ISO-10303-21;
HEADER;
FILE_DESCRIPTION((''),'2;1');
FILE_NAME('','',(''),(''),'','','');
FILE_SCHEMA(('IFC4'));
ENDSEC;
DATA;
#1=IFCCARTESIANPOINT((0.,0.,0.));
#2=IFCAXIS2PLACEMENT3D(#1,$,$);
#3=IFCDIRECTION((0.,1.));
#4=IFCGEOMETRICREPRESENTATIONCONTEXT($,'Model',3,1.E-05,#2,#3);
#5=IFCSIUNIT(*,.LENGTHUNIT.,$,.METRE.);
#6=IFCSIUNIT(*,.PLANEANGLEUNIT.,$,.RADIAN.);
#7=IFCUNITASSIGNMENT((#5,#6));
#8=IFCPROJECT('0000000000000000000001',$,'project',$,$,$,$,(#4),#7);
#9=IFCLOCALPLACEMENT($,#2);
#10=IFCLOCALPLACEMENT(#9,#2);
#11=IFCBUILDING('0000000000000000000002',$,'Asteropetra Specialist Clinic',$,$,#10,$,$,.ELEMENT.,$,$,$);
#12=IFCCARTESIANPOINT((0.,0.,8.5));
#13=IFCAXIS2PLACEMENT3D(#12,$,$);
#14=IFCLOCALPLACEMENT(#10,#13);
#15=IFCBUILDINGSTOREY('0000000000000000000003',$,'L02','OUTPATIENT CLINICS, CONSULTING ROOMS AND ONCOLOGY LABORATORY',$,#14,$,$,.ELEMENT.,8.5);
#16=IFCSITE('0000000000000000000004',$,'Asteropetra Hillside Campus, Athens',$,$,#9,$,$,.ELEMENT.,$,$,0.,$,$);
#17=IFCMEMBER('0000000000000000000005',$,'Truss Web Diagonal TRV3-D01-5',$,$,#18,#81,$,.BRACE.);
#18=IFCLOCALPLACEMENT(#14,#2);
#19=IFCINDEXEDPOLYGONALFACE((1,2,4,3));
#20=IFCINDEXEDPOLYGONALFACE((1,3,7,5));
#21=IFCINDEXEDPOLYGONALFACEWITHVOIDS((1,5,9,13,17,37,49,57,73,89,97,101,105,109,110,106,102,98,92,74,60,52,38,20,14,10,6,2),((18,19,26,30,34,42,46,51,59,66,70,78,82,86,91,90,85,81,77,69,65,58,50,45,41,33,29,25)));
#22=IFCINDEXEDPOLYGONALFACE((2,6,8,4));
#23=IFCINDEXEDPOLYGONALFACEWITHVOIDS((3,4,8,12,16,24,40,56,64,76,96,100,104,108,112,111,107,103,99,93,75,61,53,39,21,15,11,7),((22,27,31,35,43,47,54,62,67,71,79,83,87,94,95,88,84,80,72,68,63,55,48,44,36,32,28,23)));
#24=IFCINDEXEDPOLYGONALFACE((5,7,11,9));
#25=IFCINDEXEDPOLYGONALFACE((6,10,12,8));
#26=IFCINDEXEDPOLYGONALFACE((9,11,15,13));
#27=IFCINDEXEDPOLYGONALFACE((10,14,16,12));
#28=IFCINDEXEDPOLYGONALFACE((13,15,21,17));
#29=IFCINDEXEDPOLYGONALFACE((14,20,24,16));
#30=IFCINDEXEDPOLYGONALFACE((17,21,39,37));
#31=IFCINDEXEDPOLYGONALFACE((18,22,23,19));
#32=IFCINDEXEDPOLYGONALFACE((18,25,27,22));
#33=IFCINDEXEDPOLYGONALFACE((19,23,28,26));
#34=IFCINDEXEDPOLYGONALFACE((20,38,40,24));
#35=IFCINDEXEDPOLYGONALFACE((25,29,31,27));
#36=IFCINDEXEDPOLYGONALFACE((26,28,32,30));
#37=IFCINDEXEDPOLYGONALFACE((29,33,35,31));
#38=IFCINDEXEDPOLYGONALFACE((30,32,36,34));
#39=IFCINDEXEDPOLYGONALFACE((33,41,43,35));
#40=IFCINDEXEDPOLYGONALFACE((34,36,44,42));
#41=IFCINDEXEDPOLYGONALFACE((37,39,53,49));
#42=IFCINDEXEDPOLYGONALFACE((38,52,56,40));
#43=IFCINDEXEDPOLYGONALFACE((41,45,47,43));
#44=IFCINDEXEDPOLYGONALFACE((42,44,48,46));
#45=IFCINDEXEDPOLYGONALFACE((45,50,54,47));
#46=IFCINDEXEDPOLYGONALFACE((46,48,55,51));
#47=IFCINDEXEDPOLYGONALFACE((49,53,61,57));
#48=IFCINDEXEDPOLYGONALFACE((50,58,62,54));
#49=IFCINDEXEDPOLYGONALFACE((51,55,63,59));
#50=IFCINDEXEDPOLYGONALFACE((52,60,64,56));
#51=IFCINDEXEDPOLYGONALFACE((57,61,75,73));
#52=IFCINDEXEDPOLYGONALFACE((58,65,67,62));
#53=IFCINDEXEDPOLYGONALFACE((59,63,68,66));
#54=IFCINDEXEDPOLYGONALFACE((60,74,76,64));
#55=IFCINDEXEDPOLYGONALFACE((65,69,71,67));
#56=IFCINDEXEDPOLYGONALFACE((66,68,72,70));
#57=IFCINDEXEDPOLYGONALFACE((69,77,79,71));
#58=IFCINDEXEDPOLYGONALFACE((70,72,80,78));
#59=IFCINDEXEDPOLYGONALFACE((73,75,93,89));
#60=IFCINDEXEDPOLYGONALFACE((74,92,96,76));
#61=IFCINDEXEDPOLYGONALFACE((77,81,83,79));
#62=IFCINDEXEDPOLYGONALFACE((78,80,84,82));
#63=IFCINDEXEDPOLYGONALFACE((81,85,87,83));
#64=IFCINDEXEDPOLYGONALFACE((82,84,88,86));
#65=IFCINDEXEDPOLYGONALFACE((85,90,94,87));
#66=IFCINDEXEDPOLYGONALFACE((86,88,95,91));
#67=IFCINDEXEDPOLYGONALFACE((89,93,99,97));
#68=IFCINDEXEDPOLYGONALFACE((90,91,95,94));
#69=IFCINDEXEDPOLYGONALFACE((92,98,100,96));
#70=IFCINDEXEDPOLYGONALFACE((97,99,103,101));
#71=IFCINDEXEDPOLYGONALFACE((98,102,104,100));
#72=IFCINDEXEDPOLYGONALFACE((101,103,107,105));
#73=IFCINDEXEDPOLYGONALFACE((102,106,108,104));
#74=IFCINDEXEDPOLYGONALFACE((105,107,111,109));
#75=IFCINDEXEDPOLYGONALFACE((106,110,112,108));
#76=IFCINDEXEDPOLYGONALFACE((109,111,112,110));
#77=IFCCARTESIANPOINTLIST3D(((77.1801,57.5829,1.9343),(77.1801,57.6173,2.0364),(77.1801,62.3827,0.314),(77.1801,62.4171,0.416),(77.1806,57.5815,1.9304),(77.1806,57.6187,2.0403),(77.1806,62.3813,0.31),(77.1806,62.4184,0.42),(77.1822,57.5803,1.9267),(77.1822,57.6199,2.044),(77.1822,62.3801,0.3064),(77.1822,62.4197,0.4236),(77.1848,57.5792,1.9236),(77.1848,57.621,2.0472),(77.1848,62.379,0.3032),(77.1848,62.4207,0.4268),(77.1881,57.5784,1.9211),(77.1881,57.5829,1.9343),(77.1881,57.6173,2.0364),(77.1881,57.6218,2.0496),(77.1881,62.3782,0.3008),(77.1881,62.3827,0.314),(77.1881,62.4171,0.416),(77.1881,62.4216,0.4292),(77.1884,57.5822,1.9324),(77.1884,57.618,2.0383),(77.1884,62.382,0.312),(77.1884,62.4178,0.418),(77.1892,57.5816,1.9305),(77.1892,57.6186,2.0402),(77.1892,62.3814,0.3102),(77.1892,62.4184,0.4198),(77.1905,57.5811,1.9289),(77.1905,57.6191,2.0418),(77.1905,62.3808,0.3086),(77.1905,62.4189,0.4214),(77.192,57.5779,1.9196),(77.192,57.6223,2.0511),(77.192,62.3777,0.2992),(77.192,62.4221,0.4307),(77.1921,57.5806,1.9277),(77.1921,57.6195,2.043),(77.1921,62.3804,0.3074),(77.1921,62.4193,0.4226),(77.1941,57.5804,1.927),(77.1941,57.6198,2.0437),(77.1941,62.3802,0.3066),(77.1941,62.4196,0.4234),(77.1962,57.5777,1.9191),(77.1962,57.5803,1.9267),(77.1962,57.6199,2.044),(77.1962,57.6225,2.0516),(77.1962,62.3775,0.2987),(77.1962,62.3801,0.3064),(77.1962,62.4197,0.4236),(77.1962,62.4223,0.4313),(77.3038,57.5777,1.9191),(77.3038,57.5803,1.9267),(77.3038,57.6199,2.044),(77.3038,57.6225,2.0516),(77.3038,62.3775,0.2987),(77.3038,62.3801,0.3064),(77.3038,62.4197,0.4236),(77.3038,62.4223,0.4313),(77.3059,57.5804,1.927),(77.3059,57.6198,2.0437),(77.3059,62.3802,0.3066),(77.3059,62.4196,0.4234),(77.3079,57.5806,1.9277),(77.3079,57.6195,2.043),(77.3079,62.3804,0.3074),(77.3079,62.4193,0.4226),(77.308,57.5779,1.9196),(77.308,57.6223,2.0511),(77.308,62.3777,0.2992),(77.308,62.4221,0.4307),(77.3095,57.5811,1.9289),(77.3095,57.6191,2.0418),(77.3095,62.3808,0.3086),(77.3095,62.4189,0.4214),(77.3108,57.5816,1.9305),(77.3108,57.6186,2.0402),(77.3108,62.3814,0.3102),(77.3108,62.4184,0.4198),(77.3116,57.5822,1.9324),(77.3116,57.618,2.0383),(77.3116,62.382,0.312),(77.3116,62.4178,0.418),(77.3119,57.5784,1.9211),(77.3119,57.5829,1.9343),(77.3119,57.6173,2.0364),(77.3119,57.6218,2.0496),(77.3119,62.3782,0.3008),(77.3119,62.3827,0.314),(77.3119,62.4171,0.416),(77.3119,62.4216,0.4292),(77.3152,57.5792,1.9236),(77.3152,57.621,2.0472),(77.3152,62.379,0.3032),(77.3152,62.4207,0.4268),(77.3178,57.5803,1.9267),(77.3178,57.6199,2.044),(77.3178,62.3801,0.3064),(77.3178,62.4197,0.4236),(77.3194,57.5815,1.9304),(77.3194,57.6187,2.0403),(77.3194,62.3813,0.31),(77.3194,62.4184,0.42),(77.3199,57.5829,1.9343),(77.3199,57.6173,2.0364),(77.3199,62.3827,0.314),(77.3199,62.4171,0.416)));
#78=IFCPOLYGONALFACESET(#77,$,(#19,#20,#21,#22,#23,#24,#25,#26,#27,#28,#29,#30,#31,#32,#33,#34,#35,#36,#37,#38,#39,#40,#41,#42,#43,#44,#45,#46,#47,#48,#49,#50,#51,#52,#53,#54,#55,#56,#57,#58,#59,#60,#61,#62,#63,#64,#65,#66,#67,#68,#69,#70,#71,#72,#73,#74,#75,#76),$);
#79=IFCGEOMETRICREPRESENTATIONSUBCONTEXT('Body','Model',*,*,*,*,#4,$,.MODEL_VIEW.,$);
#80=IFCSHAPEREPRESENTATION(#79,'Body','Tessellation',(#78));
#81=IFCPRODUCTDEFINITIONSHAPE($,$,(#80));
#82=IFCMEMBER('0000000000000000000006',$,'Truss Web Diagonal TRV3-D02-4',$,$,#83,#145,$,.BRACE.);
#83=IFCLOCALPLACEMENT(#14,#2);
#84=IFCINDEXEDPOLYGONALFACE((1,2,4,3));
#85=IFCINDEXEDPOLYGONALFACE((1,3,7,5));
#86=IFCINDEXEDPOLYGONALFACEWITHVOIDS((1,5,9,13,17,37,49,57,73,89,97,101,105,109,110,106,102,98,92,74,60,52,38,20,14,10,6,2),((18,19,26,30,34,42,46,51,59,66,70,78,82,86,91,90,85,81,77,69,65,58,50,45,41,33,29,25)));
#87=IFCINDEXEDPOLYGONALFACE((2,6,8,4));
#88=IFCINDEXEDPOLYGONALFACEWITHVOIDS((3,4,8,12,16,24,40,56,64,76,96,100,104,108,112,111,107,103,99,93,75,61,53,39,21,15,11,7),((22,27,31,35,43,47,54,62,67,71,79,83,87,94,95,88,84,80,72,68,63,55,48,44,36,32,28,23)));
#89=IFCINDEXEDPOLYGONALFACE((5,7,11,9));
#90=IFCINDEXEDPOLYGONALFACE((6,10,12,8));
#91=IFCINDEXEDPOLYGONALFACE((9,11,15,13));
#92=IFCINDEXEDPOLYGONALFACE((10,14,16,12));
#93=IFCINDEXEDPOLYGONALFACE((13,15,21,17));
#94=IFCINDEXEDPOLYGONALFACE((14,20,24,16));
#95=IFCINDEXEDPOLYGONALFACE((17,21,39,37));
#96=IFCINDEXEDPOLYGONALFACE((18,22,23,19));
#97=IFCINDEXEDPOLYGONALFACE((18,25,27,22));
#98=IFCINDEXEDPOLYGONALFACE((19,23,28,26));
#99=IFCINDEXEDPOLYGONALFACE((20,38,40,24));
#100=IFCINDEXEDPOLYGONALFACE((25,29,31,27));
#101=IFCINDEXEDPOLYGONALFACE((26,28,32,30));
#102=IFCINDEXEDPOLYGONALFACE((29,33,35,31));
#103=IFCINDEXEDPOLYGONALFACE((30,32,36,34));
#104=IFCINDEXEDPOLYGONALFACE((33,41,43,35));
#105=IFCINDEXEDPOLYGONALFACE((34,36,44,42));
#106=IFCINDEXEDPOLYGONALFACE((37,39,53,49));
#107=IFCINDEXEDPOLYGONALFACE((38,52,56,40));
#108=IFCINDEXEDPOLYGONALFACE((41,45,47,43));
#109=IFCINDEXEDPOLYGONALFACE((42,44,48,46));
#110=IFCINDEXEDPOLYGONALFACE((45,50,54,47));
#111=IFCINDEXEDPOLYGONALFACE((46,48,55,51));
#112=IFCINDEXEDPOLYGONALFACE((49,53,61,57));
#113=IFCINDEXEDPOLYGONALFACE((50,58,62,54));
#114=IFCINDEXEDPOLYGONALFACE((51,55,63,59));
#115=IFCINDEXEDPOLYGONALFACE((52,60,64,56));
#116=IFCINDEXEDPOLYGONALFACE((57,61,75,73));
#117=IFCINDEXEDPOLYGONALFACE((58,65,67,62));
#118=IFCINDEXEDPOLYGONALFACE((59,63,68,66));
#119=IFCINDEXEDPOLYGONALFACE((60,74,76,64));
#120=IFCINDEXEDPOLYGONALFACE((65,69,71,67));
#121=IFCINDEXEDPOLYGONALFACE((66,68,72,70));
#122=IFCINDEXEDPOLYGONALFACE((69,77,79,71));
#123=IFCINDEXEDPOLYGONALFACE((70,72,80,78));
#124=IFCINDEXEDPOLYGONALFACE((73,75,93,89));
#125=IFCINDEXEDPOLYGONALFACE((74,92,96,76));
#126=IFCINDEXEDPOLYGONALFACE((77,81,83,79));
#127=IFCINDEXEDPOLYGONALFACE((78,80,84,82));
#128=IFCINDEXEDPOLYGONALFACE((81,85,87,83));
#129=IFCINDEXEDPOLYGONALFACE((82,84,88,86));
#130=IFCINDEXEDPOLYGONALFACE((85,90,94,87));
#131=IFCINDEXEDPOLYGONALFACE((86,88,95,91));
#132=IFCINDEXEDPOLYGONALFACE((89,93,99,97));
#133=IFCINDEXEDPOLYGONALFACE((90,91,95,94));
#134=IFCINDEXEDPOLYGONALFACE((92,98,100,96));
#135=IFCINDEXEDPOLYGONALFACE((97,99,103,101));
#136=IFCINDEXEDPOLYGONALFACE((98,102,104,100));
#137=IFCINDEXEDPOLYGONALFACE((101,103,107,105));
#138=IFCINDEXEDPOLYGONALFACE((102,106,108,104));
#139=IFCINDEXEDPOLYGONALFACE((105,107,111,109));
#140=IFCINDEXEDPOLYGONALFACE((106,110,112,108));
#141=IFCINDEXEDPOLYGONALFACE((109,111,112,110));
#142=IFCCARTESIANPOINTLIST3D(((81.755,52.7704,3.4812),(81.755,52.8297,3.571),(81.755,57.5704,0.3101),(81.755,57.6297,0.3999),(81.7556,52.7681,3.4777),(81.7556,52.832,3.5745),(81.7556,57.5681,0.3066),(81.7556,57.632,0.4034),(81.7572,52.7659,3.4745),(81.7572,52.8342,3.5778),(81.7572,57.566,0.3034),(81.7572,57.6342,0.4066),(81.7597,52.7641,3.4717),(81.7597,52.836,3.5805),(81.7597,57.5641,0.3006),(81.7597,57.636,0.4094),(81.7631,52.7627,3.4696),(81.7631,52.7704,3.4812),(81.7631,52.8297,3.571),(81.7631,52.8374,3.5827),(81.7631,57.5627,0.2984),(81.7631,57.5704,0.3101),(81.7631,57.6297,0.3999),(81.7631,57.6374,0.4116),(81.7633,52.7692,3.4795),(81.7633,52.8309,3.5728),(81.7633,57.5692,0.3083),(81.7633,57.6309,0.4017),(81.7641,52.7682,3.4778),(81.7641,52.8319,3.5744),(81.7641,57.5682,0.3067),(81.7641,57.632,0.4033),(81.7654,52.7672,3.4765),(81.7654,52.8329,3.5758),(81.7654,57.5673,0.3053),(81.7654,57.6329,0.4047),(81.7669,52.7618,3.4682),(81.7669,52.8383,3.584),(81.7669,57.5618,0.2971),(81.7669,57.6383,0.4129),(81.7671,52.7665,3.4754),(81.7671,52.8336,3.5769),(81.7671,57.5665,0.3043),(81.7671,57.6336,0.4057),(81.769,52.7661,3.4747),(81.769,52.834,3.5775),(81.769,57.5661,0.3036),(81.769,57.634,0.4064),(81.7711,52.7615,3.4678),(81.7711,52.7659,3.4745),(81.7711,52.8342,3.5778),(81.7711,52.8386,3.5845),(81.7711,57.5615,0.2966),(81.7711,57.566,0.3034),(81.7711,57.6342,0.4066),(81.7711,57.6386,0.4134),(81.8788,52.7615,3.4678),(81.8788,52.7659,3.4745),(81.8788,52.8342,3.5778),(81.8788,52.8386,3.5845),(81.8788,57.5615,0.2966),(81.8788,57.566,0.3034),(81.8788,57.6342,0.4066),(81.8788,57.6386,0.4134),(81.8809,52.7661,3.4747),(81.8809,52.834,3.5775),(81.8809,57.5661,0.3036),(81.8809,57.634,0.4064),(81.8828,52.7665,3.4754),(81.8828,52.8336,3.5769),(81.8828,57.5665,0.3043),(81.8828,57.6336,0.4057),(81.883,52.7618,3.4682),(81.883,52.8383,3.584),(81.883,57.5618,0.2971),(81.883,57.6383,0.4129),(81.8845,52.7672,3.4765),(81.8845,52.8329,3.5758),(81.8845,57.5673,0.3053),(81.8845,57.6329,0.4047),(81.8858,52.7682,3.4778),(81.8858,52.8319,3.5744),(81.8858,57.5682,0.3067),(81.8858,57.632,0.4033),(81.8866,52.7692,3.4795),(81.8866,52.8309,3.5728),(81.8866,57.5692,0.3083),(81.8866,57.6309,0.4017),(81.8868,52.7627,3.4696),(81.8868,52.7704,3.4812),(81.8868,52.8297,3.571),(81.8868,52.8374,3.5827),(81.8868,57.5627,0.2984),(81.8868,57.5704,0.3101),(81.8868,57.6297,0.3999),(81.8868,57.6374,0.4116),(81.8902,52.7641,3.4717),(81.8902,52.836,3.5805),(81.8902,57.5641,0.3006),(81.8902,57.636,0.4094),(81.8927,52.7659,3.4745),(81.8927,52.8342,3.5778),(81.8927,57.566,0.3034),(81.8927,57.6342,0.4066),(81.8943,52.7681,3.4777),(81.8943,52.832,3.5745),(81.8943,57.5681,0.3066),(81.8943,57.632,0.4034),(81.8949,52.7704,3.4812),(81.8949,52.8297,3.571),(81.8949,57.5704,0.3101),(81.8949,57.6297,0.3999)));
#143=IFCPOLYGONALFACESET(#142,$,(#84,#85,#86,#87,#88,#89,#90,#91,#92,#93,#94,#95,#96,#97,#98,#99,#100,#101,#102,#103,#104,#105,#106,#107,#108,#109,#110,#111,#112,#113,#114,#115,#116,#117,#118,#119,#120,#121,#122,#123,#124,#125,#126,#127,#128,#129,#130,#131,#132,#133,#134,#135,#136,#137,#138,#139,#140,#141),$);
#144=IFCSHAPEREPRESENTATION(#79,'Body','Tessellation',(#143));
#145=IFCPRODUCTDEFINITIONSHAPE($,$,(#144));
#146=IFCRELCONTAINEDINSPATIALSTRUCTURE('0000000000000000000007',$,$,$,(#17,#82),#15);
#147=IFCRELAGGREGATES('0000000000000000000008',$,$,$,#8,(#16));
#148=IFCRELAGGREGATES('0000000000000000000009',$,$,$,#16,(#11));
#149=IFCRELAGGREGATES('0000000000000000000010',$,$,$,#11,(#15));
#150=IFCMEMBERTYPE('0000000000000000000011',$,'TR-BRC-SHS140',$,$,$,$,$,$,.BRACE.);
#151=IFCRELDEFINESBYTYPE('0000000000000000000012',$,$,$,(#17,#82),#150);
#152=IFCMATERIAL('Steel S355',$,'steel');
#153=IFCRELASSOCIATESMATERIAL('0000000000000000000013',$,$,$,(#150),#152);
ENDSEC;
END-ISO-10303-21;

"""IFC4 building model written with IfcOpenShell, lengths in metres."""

from ifc_helpers import new_model, si_unit, direction, frame, origin, origin_2d, place, context, subcontext, project, spatial, hollow_rectangle, extrude, material, material_profile, profile_set, type_object, element, save


model = new_model("IFC4")

# Units and contexts
model_context = context("Model", 3, precision=1e-05, world=origin(), true_north=direction((0.0, 1.0)))
body_context = subcontext(model_context, "Body", "Model", "MODEL_VIEW")
ifc_project = project(units=[si_unit("LENGTHUNIT", "METRE"), si_unit("PLANEANGLEUNIT", "RADIAN")], contexts=[model_context])

# Site, building, storey
site_placement = place(None, origin())
site = spatial("IfcSite", under=ifc_project, at=site_placement, Name="Asteropetra Hillside Campus, Athens", CompositionType="ELEMENT", RefElevation=0.0)
building_placement = place(site_placement, origin())
building = spatial("IfcBuilding", under=site, at=building_placement, Name="Asteropetra Specialist Clinic", CompositionType="ELEMENT")
storey_placement = place(building_placement, frame((0.0, 0.0, 8.5)))
storey = spatial("IfcBuildingStorey", under=building, at=storey_placement, Name="L02", Description="OUTPATIENT CLINICS, CONSULTING ROOMS AND ONCOLOGY LABORATORY", CompositionType="ELEMENT", Elevation=8.5)

# Members
ifc_material_1 = material(Name="Steel S355", Category="steel")
ifc_material_profile_1 = material_profile(ifc_material_1, hollow_rectangle(XDim=0.1399, YDim=0.1399, WallThickness=0.0081, InnerFilletRadius=0.0081, OuterFilletRadius=0.0161, at=origin_2d()), Name="SHS 140x140x8.0")
ifc_profile_set_1 = profile_set([ifc_material_profile_1], Name="Steel S355")
member_type_1 = type_object("IfcMemberType", Name="TR-BRC-SHS140", PredefinedType="BRACE", material=ifc_profile_set_1)
member_1_placement = place(storey_placement, frame((77.25, 57.6001, 1.9854), z_axis=(0.0, 0.947467, -0.319854), x_axis=(-1.0, 0.0, 0.0)))
element("IfcMember", 1, at=member_1_placement, inside=storey, type_object=member_type_1, Name="Truss Web Diagonal TRV3-D01-5", PredefinedType="BRACE", context=body_context, shape_type="SweptSolid", body=[
    extrude(hollow_rectangle(XDim=0.1399, YDim=0.1399, WallThickness=0.0081, InnerFilletRadius=0.0081, OuterFilletRadius=0.0161, at=origin_2d()), origin(), (0.0, 0.0, 1.0), 5.0659),
])
member_2_placement = place(storey_placement, frame((81.825, 52.8, 3.5261), z_axis=(0.0, 0.834361, -0.551219), x_axis=(-1.0, 0.0, 0.0)))
element("IfcMember", 2, at=member_2_placement, inside=storey, type_object=member_type_1, Name="Truss Web Diagonal TRV3-D02-4", PredefinedType="BRACE", context=body_context, shape_type="SweptSolid", body=[
    extrude(hollow_rectangle(XDim=0.1399, YDim=0.1399, WallThickness=0.0081, InnerFilletRadius=0.0081, OuterFilletRadius=0.0161, at=origin_2d()), origin(), (0.0, 0.0, 1.0), 5.7529),
])

save(model, "model.ifc")
